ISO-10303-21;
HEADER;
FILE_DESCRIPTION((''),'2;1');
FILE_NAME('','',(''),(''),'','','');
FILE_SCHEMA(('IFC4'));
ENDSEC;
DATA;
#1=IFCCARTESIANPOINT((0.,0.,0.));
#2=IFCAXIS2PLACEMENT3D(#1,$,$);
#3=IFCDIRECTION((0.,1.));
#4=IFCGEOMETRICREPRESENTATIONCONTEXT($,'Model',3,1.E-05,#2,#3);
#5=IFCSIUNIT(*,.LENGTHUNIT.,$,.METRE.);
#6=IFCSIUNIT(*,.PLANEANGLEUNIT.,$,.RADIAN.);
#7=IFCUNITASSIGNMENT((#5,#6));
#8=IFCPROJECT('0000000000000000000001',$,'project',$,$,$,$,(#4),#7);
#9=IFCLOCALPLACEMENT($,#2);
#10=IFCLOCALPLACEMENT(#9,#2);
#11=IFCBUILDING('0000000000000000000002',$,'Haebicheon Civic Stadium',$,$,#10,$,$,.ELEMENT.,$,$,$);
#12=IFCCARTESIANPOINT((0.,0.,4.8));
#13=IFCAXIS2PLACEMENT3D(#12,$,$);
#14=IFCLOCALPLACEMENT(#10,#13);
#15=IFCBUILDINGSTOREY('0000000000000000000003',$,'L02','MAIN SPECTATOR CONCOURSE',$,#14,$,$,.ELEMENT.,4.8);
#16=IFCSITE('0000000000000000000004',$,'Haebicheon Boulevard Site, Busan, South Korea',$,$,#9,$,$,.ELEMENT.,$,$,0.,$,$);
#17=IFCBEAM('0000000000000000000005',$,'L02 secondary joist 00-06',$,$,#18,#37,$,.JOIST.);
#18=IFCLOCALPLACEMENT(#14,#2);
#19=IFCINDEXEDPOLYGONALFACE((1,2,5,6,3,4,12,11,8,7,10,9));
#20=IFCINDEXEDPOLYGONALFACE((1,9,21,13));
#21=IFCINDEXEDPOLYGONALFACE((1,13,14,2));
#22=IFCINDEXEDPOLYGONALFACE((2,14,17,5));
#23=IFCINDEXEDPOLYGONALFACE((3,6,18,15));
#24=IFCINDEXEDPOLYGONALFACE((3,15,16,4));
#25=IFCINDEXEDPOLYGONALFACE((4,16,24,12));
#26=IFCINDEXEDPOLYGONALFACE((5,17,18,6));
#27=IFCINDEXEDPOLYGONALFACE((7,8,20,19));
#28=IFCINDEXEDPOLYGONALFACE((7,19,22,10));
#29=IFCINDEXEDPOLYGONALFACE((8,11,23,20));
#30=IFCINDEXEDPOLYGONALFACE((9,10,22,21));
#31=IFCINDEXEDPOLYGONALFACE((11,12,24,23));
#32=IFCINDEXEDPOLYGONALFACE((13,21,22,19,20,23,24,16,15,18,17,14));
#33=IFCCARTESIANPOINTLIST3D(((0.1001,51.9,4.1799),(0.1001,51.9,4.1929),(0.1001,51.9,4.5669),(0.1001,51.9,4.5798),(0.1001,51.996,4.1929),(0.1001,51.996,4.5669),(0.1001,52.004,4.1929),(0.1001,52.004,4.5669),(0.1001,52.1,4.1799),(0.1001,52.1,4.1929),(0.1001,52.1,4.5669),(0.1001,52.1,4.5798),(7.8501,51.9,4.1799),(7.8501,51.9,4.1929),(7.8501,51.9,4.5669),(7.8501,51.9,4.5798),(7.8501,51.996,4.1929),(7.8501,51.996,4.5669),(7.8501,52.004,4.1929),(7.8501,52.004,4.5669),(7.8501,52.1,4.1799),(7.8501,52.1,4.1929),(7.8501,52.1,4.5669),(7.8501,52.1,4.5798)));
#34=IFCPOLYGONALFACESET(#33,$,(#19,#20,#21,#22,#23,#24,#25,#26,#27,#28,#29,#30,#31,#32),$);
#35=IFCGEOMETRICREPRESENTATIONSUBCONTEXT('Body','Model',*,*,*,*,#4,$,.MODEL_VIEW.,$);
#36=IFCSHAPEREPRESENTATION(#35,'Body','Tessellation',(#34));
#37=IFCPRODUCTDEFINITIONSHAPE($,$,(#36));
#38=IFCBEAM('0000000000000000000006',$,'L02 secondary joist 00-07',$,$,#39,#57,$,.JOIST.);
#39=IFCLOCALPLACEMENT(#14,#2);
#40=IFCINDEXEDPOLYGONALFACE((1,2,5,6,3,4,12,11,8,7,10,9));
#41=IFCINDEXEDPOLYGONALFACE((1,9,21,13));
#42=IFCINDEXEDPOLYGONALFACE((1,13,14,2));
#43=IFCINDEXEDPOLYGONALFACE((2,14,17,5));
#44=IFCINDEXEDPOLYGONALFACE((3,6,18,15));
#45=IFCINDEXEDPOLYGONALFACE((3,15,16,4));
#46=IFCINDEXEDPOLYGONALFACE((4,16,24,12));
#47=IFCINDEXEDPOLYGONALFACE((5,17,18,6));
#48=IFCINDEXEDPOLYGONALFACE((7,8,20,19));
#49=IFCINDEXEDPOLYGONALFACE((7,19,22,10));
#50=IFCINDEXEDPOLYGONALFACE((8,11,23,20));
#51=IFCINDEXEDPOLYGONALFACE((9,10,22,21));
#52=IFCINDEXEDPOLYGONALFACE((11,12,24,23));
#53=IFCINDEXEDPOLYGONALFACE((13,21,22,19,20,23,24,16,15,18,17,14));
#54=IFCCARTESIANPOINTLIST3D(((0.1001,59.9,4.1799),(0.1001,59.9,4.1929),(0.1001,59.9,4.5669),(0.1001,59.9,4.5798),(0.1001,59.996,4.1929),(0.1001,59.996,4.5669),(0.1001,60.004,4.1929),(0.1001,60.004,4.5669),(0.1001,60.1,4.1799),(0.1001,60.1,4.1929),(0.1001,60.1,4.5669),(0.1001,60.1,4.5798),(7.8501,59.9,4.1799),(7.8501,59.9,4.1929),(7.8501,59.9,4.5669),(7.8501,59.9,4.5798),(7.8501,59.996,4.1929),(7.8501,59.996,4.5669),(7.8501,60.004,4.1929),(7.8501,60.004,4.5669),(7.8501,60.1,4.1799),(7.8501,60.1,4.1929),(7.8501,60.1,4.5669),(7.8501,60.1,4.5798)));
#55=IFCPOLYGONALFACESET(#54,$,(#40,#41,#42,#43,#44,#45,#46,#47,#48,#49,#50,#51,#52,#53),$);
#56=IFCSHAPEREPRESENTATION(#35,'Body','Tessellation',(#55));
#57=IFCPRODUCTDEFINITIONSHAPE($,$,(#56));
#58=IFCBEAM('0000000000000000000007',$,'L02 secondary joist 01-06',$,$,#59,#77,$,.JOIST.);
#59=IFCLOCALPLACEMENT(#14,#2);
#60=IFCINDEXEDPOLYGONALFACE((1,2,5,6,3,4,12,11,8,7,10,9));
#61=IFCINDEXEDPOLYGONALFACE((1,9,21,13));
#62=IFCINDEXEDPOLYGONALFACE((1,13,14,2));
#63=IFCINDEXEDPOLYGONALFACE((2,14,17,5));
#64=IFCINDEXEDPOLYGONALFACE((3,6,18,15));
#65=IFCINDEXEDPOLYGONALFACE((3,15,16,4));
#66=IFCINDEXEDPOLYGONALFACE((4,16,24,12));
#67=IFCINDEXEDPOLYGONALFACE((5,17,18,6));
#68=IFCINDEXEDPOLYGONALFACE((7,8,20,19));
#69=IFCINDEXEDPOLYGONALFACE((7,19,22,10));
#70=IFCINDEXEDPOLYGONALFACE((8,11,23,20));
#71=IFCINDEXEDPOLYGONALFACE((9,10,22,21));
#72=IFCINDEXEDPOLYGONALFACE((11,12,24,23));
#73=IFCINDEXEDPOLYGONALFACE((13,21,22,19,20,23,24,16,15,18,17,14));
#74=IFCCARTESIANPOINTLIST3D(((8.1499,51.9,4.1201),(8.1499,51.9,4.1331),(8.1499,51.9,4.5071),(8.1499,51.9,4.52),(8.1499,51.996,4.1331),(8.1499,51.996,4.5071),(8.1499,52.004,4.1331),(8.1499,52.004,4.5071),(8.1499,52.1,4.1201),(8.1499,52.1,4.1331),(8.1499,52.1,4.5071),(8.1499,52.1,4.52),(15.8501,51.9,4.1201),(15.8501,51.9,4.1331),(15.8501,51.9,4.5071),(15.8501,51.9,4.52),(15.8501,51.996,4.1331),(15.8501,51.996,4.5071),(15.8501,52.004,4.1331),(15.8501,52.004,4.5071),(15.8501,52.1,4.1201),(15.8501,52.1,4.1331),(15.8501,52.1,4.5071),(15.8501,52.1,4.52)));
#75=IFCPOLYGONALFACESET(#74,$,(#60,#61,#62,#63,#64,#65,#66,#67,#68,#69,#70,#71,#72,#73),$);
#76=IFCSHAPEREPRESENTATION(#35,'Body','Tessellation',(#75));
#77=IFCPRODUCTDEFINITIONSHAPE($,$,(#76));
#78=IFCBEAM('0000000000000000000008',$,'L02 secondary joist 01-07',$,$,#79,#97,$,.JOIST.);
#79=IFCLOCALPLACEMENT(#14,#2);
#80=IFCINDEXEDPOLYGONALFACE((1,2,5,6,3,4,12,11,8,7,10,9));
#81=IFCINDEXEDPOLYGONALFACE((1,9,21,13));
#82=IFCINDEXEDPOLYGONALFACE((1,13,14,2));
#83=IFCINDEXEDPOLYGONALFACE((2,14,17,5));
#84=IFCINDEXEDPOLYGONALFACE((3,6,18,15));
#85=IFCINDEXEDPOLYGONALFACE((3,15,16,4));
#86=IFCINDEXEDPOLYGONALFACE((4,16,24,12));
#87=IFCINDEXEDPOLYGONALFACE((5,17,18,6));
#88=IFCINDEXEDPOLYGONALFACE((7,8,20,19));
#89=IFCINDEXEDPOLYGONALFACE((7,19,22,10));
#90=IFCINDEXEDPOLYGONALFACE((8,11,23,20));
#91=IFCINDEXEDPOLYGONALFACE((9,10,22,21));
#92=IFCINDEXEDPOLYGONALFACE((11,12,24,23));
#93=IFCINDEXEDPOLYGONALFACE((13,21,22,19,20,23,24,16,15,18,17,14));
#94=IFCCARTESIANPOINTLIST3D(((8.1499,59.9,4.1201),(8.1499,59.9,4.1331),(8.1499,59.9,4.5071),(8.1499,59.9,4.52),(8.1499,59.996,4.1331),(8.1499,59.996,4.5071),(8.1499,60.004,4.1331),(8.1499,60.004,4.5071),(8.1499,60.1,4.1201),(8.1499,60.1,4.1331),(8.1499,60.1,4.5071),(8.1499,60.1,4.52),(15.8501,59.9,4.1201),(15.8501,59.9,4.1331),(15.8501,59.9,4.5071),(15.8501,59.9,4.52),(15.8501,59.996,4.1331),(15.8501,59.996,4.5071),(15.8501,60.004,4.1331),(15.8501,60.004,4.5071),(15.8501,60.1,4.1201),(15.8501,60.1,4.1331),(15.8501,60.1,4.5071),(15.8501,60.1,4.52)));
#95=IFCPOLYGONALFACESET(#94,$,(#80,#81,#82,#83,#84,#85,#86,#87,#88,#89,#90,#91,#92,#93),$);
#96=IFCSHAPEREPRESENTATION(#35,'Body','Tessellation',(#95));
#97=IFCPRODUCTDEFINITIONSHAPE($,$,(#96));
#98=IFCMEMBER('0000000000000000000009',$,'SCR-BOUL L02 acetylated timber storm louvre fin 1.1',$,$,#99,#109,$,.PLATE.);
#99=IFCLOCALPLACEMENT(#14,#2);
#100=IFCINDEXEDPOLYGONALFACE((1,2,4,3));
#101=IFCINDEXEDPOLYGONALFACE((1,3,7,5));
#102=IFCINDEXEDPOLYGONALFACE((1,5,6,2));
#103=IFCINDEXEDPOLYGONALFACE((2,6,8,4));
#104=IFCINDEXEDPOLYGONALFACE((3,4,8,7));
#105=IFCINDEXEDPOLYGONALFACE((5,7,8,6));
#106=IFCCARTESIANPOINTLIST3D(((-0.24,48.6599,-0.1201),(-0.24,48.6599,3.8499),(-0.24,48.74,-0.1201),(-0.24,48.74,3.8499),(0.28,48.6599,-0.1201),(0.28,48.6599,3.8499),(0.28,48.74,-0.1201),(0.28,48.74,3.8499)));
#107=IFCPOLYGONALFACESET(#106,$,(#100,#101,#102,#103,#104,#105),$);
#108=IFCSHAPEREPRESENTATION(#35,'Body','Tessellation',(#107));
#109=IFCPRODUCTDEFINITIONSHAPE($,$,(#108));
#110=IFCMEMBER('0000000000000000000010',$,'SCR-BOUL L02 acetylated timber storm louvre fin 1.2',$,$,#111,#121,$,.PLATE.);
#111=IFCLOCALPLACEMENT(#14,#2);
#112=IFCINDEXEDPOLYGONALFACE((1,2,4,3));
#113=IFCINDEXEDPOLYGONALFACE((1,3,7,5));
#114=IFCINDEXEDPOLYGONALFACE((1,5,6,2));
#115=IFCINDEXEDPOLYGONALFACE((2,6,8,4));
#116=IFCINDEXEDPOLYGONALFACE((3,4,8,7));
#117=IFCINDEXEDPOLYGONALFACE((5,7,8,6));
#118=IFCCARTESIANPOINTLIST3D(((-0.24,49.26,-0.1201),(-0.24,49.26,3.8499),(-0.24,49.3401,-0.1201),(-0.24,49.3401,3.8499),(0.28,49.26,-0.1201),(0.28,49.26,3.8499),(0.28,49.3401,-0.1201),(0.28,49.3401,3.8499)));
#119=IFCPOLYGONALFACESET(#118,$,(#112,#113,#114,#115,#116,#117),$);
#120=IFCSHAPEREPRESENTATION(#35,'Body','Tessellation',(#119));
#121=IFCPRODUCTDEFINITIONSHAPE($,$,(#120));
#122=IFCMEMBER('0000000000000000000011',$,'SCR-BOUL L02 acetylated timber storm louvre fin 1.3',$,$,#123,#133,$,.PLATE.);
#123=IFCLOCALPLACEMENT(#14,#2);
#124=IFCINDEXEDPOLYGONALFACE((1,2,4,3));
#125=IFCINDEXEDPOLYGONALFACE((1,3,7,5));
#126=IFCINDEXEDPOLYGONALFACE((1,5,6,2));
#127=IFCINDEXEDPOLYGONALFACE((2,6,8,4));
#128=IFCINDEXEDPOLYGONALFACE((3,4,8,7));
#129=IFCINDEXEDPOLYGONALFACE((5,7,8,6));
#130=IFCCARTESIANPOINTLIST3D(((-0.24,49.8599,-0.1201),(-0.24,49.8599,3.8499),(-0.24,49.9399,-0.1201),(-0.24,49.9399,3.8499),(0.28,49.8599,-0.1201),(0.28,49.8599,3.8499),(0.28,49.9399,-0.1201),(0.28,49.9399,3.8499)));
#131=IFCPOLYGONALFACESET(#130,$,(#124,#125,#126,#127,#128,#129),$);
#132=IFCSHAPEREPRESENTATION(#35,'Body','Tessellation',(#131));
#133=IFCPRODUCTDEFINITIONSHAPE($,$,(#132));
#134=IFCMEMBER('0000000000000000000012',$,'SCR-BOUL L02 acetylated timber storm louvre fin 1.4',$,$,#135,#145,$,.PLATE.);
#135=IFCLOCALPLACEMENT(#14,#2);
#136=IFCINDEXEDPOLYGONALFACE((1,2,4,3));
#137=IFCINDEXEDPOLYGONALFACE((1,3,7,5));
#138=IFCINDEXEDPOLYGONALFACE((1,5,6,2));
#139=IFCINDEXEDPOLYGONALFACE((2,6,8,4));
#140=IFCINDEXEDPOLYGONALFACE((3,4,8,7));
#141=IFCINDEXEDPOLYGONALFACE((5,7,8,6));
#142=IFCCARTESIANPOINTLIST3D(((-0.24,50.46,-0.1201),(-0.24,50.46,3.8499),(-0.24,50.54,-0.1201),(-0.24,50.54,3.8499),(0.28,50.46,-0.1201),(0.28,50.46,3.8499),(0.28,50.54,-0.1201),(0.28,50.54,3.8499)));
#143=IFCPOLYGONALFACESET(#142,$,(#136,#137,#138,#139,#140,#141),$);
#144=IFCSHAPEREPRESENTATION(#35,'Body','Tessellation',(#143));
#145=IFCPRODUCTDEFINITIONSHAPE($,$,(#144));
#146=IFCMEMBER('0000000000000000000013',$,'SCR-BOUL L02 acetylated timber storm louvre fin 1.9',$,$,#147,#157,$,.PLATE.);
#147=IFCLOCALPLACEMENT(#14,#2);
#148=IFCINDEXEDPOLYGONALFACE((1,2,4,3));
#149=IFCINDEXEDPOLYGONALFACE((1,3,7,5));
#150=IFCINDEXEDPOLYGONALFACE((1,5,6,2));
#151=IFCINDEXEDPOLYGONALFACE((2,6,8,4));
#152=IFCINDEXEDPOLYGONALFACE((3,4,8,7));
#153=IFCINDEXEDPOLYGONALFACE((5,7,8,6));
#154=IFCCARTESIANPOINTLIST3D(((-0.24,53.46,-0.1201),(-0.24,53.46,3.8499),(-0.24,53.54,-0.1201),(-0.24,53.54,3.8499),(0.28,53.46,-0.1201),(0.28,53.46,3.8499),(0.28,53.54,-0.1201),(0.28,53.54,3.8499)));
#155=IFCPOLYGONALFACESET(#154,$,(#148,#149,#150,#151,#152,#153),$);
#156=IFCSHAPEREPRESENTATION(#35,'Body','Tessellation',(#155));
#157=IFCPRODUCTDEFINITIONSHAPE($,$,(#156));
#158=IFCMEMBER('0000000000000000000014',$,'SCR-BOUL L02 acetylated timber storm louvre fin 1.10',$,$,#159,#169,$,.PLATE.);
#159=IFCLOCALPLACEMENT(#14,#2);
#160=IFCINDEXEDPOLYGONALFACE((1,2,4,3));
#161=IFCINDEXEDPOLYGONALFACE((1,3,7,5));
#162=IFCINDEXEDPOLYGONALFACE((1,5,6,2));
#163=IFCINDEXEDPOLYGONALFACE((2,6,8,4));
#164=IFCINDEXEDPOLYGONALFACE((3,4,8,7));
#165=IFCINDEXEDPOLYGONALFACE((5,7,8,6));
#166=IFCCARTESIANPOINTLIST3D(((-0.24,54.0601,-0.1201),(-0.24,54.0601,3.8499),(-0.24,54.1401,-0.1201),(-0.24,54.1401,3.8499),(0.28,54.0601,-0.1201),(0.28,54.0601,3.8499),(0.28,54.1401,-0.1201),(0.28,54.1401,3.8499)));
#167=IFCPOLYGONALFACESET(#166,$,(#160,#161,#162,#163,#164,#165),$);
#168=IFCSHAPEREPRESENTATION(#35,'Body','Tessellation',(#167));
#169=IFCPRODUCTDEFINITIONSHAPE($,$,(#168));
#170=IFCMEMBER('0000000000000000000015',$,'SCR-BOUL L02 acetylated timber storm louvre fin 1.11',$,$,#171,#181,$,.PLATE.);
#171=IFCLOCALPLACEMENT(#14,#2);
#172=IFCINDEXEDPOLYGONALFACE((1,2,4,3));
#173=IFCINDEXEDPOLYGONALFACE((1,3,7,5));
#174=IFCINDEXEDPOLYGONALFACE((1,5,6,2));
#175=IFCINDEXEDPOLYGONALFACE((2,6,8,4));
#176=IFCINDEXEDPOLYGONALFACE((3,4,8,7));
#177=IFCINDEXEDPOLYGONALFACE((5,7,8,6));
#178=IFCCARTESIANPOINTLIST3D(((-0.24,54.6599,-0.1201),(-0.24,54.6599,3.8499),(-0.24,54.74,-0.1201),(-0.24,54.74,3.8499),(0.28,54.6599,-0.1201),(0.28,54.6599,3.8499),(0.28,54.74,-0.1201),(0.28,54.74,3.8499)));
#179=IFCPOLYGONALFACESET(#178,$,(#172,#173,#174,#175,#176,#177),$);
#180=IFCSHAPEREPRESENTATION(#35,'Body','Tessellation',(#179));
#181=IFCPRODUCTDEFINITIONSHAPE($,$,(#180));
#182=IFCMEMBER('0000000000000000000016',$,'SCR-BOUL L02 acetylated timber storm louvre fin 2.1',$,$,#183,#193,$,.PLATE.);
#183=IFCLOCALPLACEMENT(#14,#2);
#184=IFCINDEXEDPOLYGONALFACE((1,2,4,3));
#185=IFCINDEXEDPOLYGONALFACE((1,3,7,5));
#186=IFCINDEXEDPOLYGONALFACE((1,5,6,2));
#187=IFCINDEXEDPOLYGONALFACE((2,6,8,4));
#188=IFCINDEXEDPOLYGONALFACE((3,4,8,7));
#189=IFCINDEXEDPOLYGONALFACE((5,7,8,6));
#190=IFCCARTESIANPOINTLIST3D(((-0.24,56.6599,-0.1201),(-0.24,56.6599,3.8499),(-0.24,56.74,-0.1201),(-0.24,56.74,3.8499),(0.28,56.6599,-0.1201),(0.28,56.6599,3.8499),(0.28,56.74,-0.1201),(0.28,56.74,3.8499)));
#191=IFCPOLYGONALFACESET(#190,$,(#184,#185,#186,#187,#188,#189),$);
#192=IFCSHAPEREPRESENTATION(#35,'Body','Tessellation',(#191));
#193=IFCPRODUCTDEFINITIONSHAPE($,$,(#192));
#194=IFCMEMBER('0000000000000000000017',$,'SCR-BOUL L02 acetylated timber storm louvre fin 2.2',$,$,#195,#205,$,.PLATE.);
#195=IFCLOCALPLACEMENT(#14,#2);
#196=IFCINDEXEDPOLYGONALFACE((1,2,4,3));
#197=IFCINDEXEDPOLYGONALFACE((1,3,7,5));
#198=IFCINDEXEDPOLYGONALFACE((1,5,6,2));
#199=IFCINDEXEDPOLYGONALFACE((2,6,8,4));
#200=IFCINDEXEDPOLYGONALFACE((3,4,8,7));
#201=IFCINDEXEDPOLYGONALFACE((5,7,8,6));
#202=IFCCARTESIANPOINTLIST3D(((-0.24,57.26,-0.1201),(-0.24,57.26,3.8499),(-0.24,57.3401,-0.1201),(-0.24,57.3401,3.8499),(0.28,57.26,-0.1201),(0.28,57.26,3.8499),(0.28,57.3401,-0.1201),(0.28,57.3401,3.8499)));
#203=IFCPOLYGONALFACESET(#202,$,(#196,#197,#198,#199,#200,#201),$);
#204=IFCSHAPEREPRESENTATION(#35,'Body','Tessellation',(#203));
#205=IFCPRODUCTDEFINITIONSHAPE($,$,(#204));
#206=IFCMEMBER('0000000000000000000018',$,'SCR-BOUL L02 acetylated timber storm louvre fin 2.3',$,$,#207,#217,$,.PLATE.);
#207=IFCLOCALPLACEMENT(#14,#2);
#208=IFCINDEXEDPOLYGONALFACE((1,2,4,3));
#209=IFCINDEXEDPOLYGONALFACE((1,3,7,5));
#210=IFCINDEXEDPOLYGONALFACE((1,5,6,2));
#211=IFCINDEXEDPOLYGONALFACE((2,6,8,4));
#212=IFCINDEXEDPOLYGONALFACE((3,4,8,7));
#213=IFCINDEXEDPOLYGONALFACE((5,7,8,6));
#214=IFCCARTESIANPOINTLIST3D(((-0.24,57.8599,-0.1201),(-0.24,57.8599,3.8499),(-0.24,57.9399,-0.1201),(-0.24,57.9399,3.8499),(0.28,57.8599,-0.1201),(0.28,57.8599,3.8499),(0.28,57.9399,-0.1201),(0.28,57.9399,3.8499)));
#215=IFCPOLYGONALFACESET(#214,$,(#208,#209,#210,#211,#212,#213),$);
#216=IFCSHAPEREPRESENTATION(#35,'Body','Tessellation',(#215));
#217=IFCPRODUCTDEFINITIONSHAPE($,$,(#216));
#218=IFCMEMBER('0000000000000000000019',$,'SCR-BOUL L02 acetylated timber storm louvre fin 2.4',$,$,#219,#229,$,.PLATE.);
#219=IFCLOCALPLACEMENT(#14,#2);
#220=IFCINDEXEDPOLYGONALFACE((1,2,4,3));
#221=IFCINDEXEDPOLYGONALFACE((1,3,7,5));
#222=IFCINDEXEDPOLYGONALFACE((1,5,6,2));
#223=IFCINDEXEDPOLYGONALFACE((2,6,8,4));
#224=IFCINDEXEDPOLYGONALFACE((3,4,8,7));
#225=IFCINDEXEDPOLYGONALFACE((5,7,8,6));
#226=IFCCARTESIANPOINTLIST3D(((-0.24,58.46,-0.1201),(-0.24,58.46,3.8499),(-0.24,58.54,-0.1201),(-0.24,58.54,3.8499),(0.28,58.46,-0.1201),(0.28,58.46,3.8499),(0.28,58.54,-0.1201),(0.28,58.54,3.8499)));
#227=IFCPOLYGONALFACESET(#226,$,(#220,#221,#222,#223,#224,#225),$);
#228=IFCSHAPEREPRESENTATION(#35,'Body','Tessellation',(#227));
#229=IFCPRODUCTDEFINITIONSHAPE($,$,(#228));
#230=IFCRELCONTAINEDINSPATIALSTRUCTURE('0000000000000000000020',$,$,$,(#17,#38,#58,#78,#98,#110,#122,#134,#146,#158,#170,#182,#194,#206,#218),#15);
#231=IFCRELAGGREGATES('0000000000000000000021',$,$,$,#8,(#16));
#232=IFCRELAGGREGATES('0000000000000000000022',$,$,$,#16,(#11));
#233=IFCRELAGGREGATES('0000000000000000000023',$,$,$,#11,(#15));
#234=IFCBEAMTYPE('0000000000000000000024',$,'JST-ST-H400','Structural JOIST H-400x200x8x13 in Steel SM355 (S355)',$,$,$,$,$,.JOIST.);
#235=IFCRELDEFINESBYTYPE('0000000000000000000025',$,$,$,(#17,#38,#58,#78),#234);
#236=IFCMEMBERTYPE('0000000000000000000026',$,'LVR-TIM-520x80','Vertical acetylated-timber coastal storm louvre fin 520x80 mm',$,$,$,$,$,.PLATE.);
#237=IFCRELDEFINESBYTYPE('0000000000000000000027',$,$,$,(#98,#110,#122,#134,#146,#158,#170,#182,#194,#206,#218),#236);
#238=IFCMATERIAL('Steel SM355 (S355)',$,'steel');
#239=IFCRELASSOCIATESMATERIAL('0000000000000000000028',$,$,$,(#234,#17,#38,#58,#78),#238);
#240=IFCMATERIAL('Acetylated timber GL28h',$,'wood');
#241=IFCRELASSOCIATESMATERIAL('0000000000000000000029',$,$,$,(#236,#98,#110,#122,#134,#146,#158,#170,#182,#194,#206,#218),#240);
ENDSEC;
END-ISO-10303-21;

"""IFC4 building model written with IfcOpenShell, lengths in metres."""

from ifc_helpers import new_model, si_unit, direction, frame, origin, origin_2d, place, context, subcontext, project, spatial, rectangle, i_section, extrude, material, material_profile, profile_set, type_object, element, save


model = new_model("IFC4")

# Units and contexts
model_context = context("Model", 3, precision=1e-05, world=origin(), true_north=direction((0.0, 1.0)))
body_context = subcontext(model_context, "Body", "Model", "MODEL_VIEW")
ifc_project = project(units=[si_unit("LENGTHUNIT", "METRE"), si_unit("PLANEANGLEUNIT", "RADIAN")], contexts=[model_context])

# Site, building, storey
site_placement = place(None, origin())
site = spatial("IfcSite", under=ifc_project, at=site_placement, Name="Haebicheon Boulevard Site, Busan, South Korea", CompositionType="ELEMENT", RefElevation=0.0)
building_placement = place(site_placement, origin())
building = spatial("IfcBuilding", under=site, at=building_placement, Name="Haebicheon Civic Stadium", CompositionType="ELEMENT")
storey_placement = place(building_placement, frame((0.0, 0.0, 4.8)))
storey = spatial("IfcBuildingStorey", under=building, at=storey_placement, Name="L02", Description="MAIN SPECTATOR CONCOURSE", CompositionType="ELEMENT", Elevation=4.8)

# Beams
ifc_material_1 = material(Name="Steel SM355 (S355)", Category="steel")
ifc_material_profile_1 = material_profile(ifc_material_1, i_section(OverallWidth=0.2, OverallDepth=0.3999, WebThickness=0.0081, FlangeThickness=0.0129, at=origin_2d()), Name="H-400x200x8x13")
ifc_profile_set_1 = profile_set([ifc_material_profile_1], Name="Steel SM355 (S355)")
beam_type_1 = type_object("IfcBeamType", Name="JST-ST-H400", Description="Structural JOIST H-400x200x8x13 in Steel SM355 (S355)", PredefinedType="JOIST", material=ifc_profile_set_1)
for number, where, z_axis, x_axis, name in (
    (1, (0.1001, 52.0, 4.3799), (1.0, 0.0, 0.0), (0.0, 1.0, 0.0), "L02 secondary joist 00-06"),
    (2, (0.1001, 60.0, 4.3799), (1.0, 0.0, 0.0), (0.0, 1.0, 0.0), "L02 secondary joist 00-07"),
):
    element("IfcBeam", number, at=place(storey_placement, frame(where, z_axis=z_axis, x_axis=x_axis)), inside=storey, type_object=beam_type_1, material=ifc_profile_set_1, Name=name, PredefinedType="JOIST", context=body_context, shape_type="SweptSolid", body=[
        extrude(i_section(OverallWidth=0.2, OverallDepth=0.3999, WebThickness=0.0081, FlangeThickness=0.0129, at=origin_2d()), origin(), (0.0, 0.0, 1.0), 7.75),
    ])
for number, where, z_axis, x_axis, name in (
    (3, (8.1499, 52.0, 4.3201), (1.0, 0.0, 0.0), (0.0, 1.0, 0.0), "L02 secondary joist 01-06"),
    (4, (8.1499, 60.0, 4.3201), (1.0, 0.0, 0.0), (0.0, 1.0, 0.0), "L02 secondary joist 01-07"),
):
    element("IfcBeam", number, at=place(storey_placement, frame(where, z_axis=z_axis, x_axis=x_axis)), inside=storey, type_object=beam_type_1, material=ifc_profile_set_1, Name=name, PredefinedType="JOIST", context=body_context, shape_type="SweptSolid", body=[
        extrude(i_section(OverallWidth=0.2, OverallDepth=0.3999, WebThickness=0.0081, FlangeThickness=0.0129, at=origin_2d()), origin(), (0.0, 0.0, 1.0), 7.7002),
    ])

# Members
ifc_material_2 = material(Name="Acetylated timber GL28h", Category="wood")
ifc_material_profile_2 = material_profile(ifc_material_2, rectangle(XDim=0.0801, YDim=0.52, at=origin_2d()), Name="TMB-LOUV-80x520")
ifc_profile_set_2 = profile_set([ifc_material_profile_2], Name="Acetylated timber GL28h")
member_type_1 = type_object("IfcMemberType", Name="LVR-TIM-520x80", Description="Vertical acetylated-timber coastal storm louvre fin 520x80 mm", PredefinedType="PLATE", material=ifc_profile_set_2)
for number, where, z_axis, x_axis, name in (
    (5, (0.02, 48.7, -0.1201), (0.0, 0.0, 1.0), (0.0, 1.0, 0.0), "SCR-BOUL L02 acetylated timber storm louvre fin 1.1"),
    (6, (0.02, 49.3, -0.1201), (0.0, 0.0, 1.0), (0.0, 1.0, 0.0), "SCR-BOUL L02 acetylated timber storm louvre fin 1.2"),
    (7, (0.02, 49.8999, -0.1201), (0.0, 0.0, 1.0), (0.0, 1.0, 0.0), "SCR-BOUL L02 acetylated timber storm louvre fin 1.3"),
    (8, (0.02, 50.5, -0.1201), (0.0, 0.0, 1.0), (0.0, 1.0, 0.0), "SCR-BOUL L02 acetylated timber storm louvre fin 1.4"),
    (9, (0.02, 53.5, -0.1201), (0.0, 0.0, 1.0), (0.0, 1.0, 0.0), "SCR-BOUL L02 acetylated timber storm louvre fin 1.9"),
    (10, (0.02, 54.1001, -0.1201), (0.0, 0.0, 1.0), (0.0, 1.0, 0.0), "SCR-BOUL L02 acetylated timber storm louvre fin 1.10"),
    (11, (0.02, 54.7, -0.1201), (0.0, 0.0, 1.0), (0.0, 1.0, 0.0), "SCR-BOUL L02 acetylated timber storm louvre fin 1.11"),
    (12, (0.02, 56.7, -0.1201), (0.0, 0.0, 1.0), (0.0, 1.0, 0.0), "SCR-BOUL L02 acetylated timber storm louvre fin 2.1"),
    (13, (0.02, 57.3, -0.1201), (0.0, 0.0, 1.0), (0.0, 1.0, 0.0), "SCR-BOUL L02 acetylated timber storm louvre fin 2.2"),
    (14, (0.02, 57.8999, -0.1201), (0.0, 0.0, 1.0), (0.0, 1.0, 0.0), "SCR-BOUL L02 acetylated timber storm louvre fin 2.3"),
    (15, (0.02, 58.5, -0.1201), (0.0, 0.0, 1.0), (0.0, 1.0, 0.0), "SCR-BOUL L02 acetylated timber storm louvre fin 2.4"),
):
    element("IfcMember", number, at=place(storey_placement, frame(where, z_axis=z_axis, x_axis=x_axis)), inside=storey, type_object=member_type_1, material=ifc_profile_set_2, Name=name, PredefinedType="PLATE", context=body_context, shape_type="SweptSolid", body=[
        extrude(rectangle(XDim=0.0801, YDim=0.52, at=origin_2d()), origin(), (0.0, 0.0, 1.0), 3.97),
    ])

save(model, "model.ifc")
